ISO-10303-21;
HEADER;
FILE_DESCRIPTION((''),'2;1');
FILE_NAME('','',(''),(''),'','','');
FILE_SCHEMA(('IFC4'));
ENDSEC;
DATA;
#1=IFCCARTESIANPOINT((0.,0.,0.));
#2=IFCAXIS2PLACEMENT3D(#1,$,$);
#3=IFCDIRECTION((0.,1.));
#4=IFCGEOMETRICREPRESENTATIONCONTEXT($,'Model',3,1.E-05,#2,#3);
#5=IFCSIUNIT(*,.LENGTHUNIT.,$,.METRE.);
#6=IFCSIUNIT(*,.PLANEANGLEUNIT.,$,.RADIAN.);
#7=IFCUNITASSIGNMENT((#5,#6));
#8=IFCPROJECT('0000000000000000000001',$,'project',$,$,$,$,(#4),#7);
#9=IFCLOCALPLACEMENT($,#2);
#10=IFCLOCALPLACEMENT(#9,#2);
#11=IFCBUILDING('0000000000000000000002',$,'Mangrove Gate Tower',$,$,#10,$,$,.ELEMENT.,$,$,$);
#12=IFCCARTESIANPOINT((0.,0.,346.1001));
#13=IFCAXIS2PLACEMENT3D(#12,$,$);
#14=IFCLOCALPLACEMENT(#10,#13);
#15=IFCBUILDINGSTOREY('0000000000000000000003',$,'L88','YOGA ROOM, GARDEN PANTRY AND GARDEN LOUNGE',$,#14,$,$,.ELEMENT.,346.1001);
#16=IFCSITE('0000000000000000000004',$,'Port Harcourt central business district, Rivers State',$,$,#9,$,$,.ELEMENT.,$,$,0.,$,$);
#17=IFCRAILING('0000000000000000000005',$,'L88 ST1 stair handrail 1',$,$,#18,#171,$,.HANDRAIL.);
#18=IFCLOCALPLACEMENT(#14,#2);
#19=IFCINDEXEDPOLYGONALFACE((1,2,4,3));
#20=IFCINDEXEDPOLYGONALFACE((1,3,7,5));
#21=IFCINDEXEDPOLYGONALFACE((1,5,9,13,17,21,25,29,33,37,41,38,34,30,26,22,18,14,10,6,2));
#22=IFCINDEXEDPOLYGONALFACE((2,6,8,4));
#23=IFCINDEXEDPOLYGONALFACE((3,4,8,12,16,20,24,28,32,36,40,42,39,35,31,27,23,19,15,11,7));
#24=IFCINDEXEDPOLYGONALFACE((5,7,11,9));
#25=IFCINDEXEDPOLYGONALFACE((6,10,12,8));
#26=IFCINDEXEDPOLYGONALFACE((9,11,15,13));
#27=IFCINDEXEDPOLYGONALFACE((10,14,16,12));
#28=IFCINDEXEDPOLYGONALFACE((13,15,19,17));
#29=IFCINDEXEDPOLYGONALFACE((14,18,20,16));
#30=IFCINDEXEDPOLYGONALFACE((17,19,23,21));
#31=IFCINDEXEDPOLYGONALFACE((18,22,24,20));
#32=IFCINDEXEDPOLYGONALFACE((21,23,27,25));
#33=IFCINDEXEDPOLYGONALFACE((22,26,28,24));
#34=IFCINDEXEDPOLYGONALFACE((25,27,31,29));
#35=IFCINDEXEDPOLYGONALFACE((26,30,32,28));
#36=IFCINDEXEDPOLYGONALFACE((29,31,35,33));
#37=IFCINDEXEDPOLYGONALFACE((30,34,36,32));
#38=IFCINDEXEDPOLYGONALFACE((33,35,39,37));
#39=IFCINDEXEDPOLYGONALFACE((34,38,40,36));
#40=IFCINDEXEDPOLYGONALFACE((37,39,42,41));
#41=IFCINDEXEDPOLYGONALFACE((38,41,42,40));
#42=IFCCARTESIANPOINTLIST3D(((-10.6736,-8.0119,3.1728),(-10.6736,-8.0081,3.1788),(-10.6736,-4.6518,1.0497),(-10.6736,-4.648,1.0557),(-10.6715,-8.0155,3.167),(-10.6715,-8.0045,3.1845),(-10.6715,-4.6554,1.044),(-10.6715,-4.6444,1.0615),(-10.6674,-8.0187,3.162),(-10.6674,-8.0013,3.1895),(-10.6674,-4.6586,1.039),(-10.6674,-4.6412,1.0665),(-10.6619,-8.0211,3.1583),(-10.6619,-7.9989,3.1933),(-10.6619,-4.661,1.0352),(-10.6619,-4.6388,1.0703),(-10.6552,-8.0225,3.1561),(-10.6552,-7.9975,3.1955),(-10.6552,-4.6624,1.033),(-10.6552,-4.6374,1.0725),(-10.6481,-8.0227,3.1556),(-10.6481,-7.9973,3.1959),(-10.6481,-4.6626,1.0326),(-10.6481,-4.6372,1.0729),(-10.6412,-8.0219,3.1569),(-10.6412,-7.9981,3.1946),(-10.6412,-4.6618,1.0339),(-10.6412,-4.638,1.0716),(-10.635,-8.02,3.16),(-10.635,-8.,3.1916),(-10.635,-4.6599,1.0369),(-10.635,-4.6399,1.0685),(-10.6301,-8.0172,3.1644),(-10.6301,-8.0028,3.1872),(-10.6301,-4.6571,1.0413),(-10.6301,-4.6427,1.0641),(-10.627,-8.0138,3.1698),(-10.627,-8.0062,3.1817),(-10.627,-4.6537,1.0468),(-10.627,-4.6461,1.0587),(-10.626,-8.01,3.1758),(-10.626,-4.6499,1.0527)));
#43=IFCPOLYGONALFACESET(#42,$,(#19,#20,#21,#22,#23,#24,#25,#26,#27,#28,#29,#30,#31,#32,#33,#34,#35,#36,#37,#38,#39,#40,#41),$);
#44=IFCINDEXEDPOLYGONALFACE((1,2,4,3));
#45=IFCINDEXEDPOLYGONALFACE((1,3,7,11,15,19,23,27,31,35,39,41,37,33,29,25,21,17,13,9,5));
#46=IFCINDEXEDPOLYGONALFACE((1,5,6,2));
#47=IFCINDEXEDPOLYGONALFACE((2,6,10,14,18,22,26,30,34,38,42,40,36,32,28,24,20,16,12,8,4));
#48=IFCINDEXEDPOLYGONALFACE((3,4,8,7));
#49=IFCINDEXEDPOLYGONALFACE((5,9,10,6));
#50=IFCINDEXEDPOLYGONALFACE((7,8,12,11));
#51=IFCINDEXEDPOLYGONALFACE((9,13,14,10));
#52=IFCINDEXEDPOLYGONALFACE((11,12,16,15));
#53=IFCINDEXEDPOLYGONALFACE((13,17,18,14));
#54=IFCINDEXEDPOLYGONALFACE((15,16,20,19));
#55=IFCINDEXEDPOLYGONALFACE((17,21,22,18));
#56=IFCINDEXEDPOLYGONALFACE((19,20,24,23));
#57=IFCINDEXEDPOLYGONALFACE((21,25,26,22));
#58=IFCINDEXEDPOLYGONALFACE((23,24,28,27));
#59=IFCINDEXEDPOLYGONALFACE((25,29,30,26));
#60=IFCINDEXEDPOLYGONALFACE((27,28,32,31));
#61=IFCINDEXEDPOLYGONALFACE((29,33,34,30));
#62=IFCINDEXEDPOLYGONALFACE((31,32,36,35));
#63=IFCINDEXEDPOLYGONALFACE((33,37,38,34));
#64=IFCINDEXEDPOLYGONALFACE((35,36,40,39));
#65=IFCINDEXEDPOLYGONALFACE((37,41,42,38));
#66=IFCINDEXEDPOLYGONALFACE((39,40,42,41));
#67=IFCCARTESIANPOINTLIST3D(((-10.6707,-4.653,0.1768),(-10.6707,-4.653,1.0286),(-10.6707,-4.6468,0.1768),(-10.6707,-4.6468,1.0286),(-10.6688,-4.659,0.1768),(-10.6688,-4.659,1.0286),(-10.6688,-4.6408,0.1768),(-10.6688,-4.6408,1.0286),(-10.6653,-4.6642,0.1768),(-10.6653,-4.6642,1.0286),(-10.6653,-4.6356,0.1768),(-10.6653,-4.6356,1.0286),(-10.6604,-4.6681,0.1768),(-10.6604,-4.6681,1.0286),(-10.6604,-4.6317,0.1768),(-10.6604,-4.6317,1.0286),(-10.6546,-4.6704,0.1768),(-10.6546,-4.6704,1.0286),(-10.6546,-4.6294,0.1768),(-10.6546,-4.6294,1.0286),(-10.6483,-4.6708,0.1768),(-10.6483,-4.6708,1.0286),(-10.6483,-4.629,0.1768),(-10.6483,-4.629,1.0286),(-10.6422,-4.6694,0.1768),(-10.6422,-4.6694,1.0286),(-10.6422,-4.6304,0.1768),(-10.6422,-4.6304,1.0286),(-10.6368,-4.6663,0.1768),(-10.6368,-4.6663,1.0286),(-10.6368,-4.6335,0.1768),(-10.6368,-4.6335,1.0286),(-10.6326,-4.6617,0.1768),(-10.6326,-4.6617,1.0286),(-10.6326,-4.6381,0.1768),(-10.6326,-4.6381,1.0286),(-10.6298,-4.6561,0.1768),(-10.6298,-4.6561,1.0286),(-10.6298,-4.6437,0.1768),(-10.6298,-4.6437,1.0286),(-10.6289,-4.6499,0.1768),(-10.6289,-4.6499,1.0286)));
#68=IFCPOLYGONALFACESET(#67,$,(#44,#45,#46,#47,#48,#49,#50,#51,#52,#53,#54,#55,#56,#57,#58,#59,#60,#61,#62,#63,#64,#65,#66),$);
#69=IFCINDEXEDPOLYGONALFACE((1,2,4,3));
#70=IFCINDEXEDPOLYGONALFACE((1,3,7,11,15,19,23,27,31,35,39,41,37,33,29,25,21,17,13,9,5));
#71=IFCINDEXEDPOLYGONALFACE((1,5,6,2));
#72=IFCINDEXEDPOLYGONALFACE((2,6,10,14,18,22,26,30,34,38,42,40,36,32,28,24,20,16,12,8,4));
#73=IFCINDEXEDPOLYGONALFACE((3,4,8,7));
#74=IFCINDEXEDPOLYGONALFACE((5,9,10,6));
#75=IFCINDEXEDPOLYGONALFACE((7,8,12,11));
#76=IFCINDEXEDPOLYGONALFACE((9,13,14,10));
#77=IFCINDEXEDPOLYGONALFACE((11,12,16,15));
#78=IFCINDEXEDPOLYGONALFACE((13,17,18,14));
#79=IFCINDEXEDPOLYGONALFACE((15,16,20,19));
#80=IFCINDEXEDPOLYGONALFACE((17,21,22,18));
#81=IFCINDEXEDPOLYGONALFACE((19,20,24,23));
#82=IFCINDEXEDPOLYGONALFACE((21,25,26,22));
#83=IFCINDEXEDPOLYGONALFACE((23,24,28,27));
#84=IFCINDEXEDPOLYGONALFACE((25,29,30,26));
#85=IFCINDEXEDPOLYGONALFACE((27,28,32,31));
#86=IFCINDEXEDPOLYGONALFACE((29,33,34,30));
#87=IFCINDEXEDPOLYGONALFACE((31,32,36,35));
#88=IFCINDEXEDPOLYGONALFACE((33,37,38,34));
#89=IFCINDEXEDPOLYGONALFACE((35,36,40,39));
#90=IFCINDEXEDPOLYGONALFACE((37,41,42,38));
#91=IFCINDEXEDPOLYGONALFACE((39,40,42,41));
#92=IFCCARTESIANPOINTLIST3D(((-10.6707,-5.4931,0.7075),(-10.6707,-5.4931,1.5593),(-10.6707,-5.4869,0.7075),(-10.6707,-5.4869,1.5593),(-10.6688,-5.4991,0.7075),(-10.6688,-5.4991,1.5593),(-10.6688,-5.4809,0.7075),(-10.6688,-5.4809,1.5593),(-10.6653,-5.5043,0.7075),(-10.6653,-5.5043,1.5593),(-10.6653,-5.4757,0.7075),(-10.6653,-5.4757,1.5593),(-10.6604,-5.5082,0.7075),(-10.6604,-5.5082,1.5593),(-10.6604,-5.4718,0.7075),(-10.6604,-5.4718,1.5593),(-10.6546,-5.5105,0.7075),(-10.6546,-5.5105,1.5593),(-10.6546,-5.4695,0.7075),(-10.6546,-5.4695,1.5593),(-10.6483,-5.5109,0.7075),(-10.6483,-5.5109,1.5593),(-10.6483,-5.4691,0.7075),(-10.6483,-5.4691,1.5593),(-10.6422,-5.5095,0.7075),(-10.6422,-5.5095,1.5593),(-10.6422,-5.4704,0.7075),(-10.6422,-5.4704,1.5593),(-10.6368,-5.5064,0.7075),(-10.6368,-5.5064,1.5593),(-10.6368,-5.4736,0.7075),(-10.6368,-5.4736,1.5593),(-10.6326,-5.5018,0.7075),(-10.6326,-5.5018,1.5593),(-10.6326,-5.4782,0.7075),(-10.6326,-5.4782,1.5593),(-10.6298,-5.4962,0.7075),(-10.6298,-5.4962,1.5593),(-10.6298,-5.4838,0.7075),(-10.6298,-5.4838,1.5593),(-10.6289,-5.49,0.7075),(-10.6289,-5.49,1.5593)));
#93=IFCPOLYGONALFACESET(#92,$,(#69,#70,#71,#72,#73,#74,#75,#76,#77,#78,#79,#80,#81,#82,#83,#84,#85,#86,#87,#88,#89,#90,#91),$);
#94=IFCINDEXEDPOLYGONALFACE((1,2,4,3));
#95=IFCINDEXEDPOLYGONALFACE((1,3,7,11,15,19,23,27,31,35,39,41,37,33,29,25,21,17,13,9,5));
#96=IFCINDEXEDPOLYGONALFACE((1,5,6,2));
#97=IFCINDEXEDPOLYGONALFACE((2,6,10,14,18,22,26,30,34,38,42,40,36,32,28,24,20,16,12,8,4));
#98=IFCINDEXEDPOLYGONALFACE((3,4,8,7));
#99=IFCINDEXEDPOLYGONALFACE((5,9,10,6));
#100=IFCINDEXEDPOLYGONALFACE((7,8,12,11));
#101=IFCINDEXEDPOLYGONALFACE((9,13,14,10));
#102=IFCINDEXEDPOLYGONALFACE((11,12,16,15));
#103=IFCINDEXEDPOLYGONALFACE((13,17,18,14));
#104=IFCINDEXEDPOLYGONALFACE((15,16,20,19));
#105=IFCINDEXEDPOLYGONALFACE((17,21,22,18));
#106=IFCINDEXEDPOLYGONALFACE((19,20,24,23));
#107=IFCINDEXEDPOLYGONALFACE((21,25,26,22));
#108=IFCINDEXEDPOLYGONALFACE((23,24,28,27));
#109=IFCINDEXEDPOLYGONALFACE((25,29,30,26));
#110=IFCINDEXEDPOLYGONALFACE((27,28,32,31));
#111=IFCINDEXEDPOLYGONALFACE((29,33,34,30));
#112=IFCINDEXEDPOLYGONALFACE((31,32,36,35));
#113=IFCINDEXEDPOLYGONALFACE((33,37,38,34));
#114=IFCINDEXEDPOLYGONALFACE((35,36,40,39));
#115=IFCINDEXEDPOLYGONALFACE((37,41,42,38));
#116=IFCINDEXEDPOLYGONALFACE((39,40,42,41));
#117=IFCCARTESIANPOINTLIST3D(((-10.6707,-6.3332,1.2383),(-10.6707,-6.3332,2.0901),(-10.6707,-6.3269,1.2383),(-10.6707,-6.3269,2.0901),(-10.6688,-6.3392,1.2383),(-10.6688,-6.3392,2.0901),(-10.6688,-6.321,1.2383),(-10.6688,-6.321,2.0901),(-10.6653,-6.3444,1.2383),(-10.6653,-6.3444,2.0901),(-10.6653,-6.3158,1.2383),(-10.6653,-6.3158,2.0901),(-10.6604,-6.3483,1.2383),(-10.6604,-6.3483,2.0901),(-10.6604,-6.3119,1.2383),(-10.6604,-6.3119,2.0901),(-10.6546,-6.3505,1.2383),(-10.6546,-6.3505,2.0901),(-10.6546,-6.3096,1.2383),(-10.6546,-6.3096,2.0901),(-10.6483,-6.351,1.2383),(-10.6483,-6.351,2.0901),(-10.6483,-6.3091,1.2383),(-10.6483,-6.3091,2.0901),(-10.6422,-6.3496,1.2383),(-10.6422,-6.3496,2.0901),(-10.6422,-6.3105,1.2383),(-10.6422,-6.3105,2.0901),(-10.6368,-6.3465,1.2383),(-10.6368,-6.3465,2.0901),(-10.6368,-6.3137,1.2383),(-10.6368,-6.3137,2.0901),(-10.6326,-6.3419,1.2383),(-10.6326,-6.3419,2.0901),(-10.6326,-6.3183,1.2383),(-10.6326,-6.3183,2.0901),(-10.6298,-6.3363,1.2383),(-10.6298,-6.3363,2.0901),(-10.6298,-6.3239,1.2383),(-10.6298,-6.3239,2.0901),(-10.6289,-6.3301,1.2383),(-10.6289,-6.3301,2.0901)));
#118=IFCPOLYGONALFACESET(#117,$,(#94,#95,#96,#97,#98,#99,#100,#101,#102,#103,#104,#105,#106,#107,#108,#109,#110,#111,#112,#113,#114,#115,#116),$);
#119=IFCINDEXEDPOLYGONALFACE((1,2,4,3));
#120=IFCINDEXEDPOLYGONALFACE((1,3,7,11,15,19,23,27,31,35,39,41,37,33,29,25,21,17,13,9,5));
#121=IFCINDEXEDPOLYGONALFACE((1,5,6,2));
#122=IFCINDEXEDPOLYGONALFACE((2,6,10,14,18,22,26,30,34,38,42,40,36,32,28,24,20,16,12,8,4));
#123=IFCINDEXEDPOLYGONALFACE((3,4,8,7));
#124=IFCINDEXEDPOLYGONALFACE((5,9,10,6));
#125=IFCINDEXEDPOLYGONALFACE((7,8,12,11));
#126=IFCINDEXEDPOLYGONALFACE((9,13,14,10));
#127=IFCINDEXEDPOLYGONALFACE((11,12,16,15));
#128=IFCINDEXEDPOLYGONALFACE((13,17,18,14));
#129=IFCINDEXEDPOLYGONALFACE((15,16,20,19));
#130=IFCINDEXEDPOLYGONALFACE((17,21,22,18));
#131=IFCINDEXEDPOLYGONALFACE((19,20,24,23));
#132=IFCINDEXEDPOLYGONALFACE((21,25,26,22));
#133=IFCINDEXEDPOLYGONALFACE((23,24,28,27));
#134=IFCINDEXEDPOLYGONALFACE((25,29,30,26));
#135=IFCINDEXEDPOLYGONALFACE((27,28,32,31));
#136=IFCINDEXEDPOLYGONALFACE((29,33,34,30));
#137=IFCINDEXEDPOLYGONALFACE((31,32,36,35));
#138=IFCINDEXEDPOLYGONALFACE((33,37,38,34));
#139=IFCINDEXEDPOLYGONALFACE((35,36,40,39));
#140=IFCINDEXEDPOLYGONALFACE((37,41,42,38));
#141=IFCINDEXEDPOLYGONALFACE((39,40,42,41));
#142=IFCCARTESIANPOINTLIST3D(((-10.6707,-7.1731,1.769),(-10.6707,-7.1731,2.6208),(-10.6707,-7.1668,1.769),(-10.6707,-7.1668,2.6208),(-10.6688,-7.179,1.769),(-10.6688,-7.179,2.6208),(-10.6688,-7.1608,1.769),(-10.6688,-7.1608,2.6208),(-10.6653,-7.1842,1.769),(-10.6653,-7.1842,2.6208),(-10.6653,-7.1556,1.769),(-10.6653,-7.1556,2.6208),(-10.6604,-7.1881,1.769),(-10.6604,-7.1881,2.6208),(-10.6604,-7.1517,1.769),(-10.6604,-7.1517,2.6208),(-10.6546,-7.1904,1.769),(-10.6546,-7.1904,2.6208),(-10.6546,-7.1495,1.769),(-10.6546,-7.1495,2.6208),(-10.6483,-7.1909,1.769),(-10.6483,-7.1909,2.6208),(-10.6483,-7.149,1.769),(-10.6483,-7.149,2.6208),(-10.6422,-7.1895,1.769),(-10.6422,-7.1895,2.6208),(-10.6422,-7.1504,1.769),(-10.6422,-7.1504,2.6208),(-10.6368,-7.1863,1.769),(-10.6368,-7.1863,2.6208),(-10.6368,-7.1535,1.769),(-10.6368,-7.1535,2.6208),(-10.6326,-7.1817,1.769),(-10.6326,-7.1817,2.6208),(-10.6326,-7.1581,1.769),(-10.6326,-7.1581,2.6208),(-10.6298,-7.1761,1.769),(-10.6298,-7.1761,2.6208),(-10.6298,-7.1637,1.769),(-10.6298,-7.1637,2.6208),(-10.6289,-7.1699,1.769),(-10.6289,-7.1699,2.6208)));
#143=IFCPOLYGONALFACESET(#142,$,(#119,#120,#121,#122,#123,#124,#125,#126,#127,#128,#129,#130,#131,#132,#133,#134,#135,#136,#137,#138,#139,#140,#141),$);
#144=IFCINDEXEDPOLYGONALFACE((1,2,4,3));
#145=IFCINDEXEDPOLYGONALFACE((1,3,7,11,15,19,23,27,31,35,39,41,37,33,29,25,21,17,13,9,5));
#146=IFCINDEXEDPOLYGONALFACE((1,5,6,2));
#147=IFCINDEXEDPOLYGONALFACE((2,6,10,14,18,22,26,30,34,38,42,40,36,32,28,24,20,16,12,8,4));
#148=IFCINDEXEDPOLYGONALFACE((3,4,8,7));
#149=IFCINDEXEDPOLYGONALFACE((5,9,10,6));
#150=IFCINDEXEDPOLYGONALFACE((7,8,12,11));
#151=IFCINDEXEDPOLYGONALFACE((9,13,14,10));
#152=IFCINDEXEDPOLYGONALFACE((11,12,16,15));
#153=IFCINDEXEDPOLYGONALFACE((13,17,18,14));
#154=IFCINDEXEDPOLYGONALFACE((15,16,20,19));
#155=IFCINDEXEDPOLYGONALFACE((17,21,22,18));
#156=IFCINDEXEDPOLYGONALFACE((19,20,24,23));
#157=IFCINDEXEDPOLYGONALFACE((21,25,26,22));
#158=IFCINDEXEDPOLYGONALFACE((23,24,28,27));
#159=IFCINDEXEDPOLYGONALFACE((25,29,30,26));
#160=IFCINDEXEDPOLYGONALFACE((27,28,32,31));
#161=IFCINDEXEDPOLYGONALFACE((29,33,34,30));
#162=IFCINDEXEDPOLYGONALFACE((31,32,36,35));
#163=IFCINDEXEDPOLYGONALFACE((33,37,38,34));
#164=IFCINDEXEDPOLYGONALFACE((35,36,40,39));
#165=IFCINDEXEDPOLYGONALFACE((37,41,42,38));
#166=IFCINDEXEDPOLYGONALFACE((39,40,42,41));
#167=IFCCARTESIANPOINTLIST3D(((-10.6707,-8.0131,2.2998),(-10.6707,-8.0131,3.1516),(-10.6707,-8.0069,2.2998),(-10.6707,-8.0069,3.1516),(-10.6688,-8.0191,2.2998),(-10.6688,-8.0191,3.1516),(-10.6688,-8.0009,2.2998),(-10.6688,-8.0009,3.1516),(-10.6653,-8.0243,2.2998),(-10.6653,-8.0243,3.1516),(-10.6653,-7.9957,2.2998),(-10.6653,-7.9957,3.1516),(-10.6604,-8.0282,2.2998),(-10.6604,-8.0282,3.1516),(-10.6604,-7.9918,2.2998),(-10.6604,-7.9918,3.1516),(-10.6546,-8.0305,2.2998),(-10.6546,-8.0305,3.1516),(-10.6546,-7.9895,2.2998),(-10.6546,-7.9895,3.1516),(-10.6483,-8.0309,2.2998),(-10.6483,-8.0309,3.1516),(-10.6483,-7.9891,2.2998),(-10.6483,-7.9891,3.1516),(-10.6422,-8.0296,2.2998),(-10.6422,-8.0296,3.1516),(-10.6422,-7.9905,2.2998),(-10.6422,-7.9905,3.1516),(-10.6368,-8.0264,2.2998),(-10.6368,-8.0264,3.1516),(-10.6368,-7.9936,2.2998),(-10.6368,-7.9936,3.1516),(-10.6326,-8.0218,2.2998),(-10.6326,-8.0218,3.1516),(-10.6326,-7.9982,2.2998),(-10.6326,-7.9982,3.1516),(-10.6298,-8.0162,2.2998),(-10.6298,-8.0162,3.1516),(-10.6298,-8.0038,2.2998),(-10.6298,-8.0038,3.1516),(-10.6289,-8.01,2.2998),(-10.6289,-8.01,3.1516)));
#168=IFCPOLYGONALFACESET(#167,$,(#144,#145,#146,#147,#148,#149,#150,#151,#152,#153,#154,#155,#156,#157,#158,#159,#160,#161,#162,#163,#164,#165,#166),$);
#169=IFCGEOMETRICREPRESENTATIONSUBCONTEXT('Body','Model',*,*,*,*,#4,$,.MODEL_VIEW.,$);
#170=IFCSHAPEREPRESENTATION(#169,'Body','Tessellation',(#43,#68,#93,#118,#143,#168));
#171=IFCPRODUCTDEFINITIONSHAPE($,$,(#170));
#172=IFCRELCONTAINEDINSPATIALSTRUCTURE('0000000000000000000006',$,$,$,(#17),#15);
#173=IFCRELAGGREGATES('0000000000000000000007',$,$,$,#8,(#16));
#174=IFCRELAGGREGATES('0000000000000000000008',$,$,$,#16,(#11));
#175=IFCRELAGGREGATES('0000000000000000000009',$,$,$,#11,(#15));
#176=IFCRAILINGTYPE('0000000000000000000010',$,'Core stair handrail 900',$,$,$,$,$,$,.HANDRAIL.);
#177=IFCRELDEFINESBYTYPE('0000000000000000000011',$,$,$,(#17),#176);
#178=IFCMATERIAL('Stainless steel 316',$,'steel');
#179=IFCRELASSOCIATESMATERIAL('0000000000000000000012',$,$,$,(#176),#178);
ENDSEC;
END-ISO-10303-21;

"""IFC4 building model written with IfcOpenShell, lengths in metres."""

from ifc_helpers import new_model, si_unit, direction, frame, origin, origin_2d, place, context, subcontext, project, spatial, circle, extrude, material, type_object, element, save


model = new_model("IFC4")

# Units and contexts
model_context = context("Model", 3, precision=1e-05, world=origin(), true_north=direction((0.0, 1.0)))
body_context = subcontext(model_context, "Body", "Model", "MODEL_VIEW")
ifc_project = project(units=[si_unit("LENGTHUNIT", "METRE"), si_unit("PLANEANGLEUNIT", "RADIAN")], contexts=[model_context])

# Site, building, storey
site_placement = place(None, origin())
site = spatial("IfcSite", under=ifc_project, at=site_placement, Name="Port Harcourt central business district, Rivers State", CompositionType="ELEMENT", RefElevation=0.0)
building_placement = place(site_placement, origin())
building = spatial("IfcBuilding", under=site, at=building_placement, Name="Mangrove Gate Tower", CompositionType="ELEMENT")
storey_placement = place(building_placement, frame((0.0, 0.0, 346.1001)))
storey = spatial("IfcBuildingStorey", under=building, at=storey_placement, Name="L88", Description="YOGA ROOM, GARDEN PANTRY AND GARDEN LOUNGE", CompositionType="ELEMENT", Elevation=346.1001)

# Railing
ifc_material_1 = material(Name="Stainless steel 316", Category="steel")
railing_type_1 = type_object("IfcRailingType", Name="Core stair handrail 900", PredefinedType="HANDRAIL", material=ifc_material_1)
railing_1_placement = place(storey_placement, frame((-10.6499, -4.6499, 0.1768)))
element("IfcRailing", 1, at=railing_1_placement, inside=storey, type_object=railing_type_1, Name="L88 ST1 stair handrail 1", PredefinedType="HANDRAIL", context=body_context, shape_type="SweptSolid", body=[
    extrude(circle(Radius=0.0239, at=origin_2d()), frame((0.0, 0.0, 0.876), z_axis=(0.0, -0.84539, 0.53415), x_axis=(1.0, 0.0, 0.0)), (0.0, 0.0, 1.0), 3.9746),
    extrude(circle(Radius=0.021, at=origin_2d()), origin(), (0.0, 0.0, 1.0), 0.8518),
    extrude(circle(Radius=0.021, at=origin_2d()), frame((0.0, -0.8401, 0.5308)), (0.0, 0.0, 1.0), 0.8518),
    extrude(circle(Radius=0.021, at=origin_2d()), frame((0.0, -1.6802, 1.0615)), (0.0, 0.0, 1.0), 0.8518),
    extrude(circle(Radius=0.021, at=origin_2d()), frame((0.0, -2.52, 1.5923)), (0.0, 0.0, 1.0), 0.8518),
    extrude(circle(Radius=0.021, at=origin_2d()), frame((0.0, -3.3601, 2.123)), (0.0, 0.0, 1.0), 0.8518),
])

save(model, "model.ifc")
